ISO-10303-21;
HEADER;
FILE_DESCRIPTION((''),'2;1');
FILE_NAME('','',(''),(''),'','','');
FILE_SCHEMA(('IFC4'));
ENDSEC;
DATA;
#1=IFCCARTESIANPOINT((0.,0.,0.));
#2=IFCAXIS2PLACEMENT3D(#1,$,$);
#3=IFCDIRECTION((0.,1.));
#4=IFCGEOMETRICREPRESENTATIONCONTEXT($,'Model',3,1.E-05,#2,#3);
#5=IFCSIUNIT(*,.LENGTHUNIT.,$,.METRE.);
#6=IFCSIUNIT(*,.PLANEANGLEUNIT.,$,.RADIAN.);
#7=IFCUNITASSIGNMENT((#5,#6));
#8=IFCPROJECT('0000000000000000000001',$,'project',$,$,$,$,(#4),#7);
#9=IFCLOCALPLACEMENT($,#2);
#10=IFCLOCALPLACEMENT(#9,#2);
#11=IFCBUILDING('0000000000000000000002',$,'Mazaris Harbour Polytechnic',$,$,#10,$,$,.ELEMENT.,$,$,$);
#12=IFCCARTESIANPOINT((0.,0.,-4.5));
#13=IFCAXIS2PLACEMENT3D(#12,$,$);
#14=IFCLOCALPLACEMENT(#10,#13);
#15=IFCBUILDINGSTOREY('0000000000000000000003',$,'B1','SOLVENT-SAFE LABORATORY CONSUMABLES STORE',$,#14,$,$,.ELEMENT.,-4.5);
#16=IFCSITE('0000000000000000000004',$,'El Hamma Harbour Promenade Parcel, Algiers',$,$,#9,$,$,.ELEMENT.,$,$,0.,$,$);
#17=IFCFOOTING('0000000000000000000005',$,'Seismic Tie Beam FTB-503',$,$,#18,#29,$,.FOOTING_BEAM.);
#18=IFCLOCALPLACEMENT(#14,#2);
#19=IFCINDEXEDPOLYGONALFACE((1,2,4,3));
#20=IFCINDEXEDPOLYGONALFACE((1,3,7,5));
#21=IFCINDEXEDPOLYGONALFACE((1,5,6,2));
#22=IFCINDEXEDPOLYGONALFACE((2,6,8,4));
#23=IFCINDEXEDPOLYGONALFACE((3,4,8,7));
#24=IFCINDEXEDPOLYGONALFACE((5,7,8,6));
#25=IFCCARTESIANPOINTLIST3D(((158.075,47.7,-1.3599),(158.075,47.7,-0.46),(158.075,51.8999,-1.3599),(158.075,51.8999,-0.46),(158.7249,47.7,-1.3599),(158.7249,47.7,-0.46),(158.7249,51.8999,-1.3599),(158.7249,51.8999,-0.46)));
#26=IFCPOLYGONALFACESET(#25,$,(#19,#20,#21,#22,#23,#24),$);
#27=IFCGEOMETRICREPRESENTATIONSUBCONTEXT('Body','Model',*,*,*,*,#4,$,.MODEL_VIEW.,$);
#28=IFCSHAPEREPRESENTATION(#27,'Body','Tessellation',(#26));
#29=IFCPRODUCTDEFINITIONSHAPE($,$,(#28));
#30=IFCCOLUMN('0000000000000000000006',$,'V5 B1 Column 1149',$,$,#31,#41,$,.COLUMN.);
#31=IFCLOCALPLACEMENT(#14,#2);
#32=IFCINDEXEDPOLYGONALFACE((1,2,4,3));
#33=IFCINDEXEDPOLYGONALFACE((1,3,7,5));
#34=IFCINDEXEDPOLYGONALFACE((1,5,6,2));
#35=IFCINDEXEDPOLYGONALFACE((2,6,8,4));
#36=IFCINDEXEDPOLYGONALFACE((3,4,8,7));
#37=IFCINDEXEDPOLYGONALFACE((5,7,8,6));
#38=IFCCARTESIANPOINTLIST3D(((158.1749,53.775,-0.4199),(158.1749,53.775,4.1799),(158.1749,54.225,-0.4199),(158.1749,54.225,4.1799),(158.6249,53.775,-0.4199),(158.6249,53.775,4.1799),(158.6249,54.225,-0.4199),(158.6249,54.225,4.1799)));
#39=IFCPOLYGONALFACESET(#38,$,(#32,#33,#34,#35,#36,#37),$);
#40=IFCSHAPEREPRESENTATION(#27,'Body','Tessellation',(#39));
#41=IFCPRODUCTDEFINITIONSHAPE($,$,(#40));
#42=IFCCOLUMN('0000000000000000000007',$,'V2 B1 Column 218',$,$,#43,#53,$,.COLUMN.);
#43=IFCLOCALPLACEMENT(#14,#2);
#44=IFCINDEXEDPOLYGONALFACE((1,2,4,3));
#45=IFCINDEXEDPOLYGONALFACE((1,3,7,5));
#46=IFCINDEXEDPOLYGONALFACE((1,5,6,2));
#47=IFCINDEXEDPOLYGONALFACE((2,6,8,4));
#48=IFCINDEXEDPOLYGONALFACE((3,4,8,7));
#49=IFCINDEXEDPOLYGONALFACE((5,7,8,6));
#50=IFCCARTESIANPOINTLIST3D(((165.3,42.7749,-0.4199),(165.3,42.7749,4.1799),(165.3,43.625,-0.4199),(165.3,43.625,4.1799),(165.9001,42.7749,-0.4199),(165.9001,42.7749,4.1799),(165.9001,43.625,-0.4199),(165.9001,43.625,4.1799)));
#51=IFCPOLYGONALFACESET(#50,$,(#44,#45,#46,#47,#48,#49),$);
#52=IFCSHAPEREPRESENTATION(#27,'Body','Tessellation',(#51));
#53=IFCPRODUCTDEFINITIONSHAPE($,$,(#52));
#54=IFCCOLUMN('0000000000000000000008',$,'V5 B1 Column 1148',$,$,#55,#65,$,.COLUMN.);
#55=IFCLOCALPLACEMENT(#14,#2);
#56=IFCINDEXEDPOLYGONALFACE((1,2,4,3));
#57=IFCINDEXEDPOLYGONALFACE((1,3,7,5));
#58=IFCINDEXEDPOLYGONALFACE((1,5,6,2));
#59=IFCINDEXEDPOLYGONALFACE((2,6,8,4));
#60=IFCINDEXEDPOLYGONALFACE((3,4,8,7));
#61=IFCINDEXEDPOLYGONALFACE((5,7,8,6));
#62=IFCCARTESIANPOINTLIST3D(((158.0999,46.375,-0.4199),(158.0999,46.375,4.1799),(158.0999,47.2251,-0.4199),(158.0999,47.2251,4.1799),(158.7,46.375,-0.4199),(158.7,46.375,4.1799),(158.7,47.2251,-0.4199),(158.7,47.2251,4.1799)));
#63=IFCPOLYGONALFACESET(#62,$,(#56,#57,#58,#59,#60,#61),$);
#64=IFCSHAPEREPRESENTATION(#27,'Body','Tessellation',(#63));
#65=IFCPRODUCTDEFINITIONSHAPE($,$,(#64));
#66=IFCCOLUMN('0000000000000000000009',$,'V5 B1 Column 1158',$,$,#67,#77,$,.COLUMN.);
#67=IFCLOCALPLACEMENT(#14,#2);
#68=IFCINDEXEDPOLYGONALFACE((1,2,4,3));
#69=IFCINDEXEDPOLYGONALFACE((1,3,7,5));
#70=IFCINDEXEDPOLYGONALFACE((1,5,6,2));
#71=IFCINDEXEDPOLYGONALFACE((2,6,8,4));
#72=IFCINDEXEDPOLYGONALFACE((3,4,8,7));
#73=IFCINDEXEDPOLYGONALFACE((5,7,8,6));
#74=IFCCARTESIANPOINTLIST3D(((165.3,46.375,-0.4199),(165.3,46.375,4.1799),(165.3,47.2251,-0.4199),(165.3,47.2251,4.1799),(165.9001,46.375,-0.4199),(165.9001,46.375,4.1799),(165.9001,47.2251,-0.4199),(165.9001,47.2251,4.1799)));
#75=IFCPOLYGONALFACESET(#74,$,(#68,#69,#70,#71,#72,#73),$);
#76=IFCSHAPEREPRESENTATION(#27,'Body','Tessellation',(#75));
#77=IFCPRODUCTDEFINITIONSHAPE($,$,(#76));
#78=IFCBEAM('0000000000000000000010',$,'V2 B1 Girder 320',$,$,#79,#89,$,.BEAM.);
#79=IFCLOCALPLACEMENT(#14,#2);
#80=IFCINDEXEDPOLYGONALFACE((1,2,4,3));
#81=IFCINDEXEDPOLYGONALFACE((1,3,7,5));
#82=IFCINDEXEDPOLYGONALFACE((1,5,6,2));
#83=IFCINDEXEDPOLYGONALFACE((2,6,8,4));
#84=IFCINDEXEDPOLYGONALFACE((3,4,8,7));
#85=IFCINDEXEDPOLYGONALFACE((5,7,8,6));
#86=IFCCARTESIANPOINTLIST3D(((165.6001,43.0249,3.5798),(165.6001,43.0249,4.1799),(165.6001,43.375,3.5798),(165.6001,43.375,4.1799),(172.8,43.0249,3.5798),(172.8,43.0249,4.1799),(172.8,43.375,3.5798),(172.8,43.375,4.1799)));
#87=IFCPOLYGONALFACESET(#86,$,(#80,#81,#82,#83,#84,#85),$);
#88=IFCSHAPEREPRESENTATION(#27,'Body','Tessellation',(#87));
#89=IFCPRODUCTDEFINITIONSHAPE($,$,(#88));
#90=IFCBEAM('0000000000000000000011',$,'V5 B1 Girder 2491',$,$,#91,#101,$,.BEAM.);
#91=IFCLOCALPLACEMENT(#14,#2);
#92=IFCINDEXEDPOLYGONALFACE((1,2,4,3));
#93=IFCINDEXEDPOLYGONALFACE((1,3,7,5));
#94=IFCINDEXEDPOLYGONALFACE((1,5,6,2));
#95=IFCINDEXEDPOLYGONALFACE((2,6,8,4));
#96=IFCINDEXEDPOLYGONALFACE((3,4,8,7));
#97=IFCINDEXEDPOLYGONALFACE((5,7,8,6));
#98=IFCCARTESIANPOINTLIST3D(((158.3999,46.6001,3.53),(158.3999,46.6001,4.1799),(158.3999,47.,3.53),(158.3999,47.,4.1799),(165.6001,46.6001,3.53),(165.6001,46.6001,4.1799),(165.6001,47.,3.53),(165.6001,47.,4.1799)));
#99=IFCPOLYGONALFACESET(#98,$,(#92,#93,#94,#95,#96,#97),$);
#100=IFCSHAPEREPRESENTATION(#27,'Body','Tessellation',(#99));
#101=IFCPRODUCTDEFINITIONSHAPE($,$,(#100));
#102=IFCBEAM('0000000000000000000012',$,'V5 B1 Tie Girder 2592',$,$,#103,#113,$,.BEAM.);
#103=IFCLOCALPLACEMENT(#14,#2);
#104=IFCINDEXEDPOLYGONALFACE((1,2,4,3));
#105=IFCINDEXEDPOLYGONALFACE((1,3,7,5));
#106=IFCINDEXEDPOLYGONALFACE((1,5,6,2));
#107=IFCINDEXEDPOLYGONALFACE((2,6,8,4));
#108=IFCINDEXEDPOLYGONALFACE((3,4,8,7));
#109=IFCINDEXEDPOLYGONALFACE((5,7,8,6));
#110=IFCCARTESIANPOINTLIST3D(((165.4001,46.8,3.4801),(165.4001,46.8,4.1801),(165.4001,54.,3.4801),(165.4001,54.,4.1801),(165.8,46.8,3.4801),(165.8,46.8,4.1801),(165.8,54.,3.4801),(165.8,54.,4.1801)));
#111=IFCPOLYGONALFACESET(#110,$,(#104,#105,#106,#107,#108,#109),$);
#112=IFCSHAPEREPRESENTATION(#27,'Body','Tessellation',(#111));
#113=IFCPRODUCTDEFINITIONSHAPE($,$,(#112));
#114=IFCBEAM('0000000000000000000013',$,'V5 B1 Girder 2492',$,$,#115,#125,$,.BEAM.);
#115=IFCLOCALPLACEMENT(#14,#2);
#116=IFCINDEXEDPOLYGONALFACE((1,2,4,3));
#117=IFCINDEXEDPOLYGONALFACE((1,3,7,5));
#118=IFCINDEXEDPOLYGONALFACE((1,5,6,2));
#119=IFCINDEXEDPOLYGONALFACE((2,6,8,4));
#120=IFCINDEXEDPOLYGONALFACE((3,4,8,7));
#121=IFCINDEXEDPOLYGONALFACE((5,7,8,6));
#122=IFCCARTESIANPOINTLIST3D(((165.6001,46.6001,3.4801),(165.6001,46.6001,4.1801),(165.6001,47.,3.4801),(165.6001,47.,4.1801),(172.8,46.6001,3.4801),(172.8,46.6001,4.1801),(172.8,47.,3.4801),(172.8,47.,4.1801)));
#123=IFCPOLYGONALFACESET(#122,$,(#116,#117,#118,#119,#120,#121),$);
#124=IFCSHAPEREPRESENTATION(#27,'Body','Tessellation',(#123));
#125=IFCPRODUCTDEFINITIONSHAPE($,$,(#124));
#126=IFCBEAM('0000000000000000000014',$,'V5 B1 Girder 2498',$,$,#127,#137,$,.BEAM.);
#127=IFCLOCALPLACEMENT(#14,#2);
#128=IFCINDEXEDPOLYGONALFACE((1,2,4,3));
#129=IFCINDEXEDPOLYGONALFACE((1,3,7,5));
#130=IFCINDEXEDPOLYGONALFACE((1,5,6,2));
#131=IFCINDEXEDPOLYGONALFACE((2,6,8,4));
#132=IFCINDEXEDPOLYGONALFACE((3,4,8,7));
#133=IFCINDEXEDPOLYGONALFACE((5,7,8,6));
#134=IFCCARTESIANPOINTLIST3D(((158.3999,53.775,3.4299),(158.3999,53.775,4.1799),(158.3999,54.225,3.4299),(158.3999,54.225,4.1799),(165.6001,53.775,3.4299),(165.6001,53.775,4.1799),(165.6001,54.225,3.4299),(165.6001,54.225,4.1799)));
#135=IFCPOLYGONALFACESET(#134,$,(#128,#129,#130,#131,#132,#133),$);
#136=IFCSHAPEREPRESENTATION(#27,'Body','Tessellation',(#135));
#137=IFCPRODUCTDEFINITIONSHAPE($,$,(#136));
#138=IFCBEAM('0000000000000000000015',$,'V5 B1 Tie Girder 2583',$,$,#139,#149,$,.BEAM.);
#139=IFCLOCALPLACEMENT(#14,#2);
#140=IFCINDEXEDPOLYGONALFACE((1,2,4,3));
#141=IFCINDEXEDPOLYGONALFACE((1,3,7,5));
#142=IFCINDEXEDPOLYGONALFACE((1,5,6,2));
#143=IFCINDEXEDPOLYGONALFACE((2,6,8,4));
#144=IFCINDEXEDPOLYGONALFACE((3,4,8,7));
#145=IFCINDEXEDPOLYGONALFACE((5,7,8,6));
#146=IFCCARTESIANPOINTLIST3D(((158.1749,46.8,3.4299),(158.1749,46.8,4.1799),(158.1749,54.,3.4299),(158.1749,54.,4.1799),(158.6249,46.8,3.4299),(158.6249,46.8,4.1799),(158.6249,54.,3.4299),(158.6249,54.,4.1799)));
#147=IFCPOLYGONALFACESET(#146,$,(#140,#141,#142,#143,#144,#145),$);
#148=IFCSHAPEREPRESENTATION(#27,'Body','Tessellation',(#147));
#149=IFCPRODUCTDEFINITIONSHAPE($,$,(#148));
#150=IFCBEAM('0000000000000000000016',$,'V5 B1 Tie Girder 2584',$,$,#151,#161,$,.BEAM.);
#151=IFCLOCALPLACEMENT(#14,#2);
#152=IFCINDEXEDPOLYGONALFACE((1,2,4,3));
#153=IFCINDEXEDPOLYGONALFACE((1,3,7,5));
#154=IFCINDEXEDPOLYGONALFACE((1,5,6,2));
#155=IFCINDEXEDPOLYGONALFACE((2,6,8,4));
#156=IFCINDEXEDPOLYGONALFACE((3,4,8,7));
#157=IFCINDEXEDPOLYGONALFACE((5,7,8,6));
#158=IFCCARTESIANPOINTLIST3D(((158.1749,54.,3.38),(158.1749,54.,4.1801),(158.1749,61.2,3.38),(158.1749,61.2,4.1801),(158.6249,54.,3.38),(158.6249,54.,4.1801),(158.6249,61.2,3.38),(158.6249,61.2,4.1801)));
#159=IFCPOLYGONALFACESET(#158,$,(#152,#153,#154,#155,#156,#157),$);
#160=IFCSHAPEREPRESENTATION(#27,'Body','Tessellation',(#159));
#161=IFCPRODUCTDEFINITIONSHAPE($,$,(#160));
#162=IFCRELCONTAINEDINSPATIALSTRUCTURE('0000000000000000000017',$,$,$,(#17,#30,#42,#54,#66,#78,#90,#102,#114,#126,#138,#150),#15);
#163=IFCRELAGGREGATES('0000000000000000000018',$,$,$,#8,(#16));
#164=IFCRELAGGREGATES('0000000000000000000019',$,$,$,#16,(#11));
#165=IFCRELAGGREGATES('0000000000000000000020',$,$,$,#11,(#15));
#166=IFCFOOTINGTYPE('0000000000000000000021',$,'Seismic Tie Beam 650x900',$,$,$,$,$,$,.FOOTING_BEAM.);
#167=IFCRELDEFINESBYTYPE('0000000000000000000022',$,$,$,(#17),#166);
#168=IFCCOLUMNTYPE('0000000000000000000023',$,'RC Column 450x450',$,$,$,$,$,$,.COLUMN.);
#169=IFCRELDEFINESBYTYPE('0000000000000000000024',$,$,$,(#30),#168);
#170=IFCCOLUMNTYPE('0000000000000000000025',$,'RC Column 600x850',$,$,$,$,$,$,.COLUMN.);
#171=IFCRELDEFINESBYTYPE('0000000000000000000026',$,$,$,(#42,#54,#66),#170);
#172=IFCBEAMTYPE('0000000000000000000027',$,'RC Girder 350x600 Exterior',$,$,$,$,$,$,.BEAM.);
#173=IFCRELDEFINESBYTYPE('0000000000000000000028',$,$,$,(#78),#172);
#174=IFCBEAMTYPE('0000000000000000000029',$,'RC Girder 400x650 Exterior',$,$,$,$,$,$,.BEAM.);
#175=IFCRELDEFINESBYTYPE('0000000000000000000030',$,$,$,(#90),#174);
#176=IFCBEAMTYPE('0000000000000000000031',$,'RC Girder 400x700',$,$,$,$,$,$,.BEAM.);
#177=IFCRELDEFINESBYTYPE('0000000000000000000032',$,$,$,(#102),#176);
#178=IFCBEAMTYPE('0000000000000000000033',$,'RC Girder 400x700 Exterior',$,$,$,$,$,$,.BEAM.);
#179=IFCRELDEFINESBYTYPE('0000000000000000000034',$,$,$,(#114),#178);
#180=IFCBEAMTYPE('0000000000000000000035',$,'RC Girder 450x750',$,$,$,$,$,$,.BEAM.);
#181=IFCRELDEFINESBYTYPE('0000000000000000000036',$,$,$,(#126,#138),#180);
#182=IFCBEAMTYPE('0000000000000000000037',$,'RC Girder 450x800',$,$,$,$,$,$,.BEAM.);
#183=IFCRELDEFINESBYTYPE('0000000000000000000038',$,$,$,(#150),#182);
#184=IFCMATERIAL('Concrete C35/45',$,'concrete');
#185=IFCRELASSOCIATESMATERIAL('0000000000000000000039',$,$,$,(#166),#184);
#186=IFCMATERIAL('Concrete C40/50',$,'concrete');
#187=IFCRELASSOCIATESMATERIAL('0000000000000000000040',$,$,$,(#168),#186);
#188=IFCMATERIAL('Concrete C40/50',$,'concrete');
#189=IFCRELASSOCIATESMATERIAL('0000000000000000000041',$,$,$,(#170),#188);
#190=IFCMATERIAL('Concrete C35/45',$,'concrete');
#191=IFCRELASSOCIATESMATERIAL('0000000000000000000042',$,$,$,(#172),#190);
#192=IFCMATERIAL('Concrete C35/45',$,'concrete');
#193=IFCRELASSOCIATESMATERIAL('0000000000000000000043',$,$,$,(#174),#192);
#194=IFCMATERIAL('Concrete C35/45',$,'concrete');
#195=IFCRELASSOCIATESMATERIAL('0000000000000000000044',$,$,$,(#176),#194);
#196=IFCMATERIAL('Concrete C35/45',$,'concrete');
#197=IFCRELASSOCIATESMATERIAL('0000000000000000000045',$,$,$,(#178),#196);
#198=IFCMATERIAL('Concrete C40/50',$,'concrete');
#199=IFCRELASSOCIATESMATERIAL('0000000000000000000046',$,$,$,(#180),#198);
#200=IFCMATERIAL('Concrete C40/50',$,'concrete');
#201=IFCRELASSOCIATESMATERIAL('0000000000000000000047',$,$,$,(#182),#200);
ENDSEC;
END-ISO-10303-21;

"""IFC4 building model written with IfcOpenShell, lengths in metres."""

from ifc_helpers import new_model, si_unit, direction, frame, origin, origin_2d, place, context, subcontext, project, spatial, rectangle, extrude, material, material_profile, profile_set, type_object, element, save


model = new_model("IFC4")

# Units and contexts
model_context = context("Model", 3, precision=1e-05, world=origin(), true_north=direction((0.0, 1.0)))
body_context = subcontext(model_context, "Body", "Model", "MODEL_VIEW")
ifc_project = project(units=[si_unit("LENGTHUNIT", "METRE"), si_unit("PLANEANGLEUNIT", "RADIAN")], contexts=[model_context])

# Site, building, storey
site_placement = place(None, origin())
site = spatial("IfcSite", under=ifc_project, at=site_placement, Name="El Hamma Harbour Promenade Parcel, Algiers", CompositionType="ELEMENT", RefElevation=0.0)
building_placement = place(site_placement, origin())
building = spatial("IfcBuilding", under=site, at=building_placement, Name="Mazaris Harbour Polytechnic", CompositionType="ELEMENT")
storey_placement = place(building_placement, frame((0.0, 0.0, -4.5)))
storey = spatial("IfcBuildingStorey", under=building, at=storey_placement, Name="B1", Description="SOLVENT-SAFE LABORATORY CONSUMABLES STORE", CompositionType="ELEMENT", Elevation=-4.5)

# Footing
ifc_material_1 = material(Name="Concrete C35/45", Category="concrete")
ifc_material_profile_1 = material_profile(ifc_material_1, rectangle(XDim=0.6499, YDim=0.8999, at=origin_2d()), Name="RECT650x900")
ifc_profile_set_1 = profile_set([ifc_material_profile_1], Name="Concrete C35/45")
footing_type_1 = type_object("IfcFootingType", Name="Seismic Tie Beam 650x900", PredefinedType="FOOTING_BEAM", material=ifc_profile_set_1)
footing_1_placement = place(storey_placement, frame((158.3999, 47.7, -0.9099), z_axis=(0.0, 1.0, 0.0), x_axis=(-1.0, 0.0, 0.0)))
element("IfcFooting", 1, at=footing_1_placement, inside=storey, type_object=footing_type_1, Name="Seismic Tie Beam FTB-503", PredefinedType="FOOTING_BEAM", context=body_context, shape_type="SweptSolid", body=[
    extrude(rectangle(XDim=0.6499, YDim=0.8999, at=origin_2d()), origin(), (0.0, 0.0, 1.0), 4.2),
])

# Columns
ifc_material_2 = material(Name="Concrete C40/50", Category="concrete")
ifc_material_profile_2 = material_profile(ifc_material_2, rectangle(XDim=0.45, YDim=0.45, at=origin_2d()), Name="RECT450x450")
ifc_profile_set_2 = profile_set([ifc_material_profile_2], Name="Concrete C40/50")
column_type_1 = type_object("IfcColumnType", Name="RC Column 450x450", PredefinedType="COLUMN", material=ifc_profile_set_2)
column_placement = place(storey_placement, frame((158.3999, 54.0, -0.4199), z_axis=(0.0, 0.0, 1.0), x_axis=(1.0, 0.0, 0.0)))
element("IfcColumn", 2, at=column_placement, inside=storey, type_object=column_type_1, Name="V5 B1 Column 1149", PredefinedType="COLUMN", context=body_context, shape_type="SweptSolid", body=[
    extrude(rectangle(XDim=0.45, YDim=0.45, at=origin_2d()), origin(), (0.0, 0.0, 1.0), 4.5999),
])
ifc_material_3 = material(Name="Concrete C40/50", Category="concrete")
ifc_material_profile_3 = material_profile(ifc_material_3, rectangle(XDim=0.6001, YDim=0.8501, at=origin_2d()), Name="RECT600x850")
ifc_profile_set_3 = profile_set([ifc_material_profile_3], Name="Concrete C40/50")
column_type_2 = type_object("IfcColumnType", Name="RC Column 600x850", PredefinedType="COLUMN", material=ifc_profile_set_3)
for number, where, z_axis, x_axis, name in (
    (3, (165.6001, 43.2, -0.4199), (0.0, 0.0, 1.0), (1.0, 0.0, 0.0), "V2 B1 Column 218"),
    (4, (158.3999, 46.8, -0.4199), (0.0, 0.0, 1.0), (1.0, 0.0, 0.0), "V5 B1 Column 1148"),
    (5, (165.6001, 46.8, -0.4199), (0.0, 0.0, 1.0), (1.0, 0.0, 0.0), "V5 B1 Column 1158"),
):
    element("IfcColumn", number, at=place(storey_placement, frame(where, z_axis=z_axis, x_axis=x_axis)), inside=storey, type_object=column_type_2, Name=name, PredefinedType="COLUMN", context=body_context, shape_type="SweptSolid", body=[
        extrude(rectangle(XDim=0.6001, YDim=0.8501, at=origin_2d()), origin(), (0.0, 0.0, 1.0), 4.5999),
    ])

# Beams
ifc_material_4 = material(Name="Concrete C35/45", Category="concrete")
ifc_material_profile_4 = material_profile(ifc_material_4, rectangle(XDim=0.3501, YDim=0.6001, at=origin_2d()), Name="RECT350x600")
ifc_profile_set_4 = profile_set([ifc_material_profile_4], Name="Concrete C35/45")
beam_type_1 = type_object("IfcBeamType", Name="RC Girder 350x600 Exterior", PredefinedType="BEAM", material=ifc_profile_set_4)
beam_1_placement = place(storey_placement, frame((165.6001, 43.2, 3.8799), z_axis=(1.0, 0.0, 0.0), x_axis=(0.0, 1.0, 0.0)))
element("IfcBeam", 6, at=beam_1_placement, inside=storey, type_object=beam_type_1, Name="V2 B1 Girder 320", PredefinedType="BEAM", context=body_context, shape_type="SweptSolid", body=[
    extrude(rectangle(XDim=0.3501, YDim=0.6001, at=origin_2d()), origin(), (0.0, 0.0, 1.0), 7.2),
])
ifc_material_5 = material(Name="Concrete C35/45", Category="concrete")
ifc_material_profile_5 = material_profile(ifc_material_5, rectangle(XDim=0.3999, YDim=0.6499, at=origin_2d()), Name="RECT400x650")
ifc_profile_set_5 = profile_set([ifc_material_profile_5], Name="Concrete C35/45")
beam_type_2 = type_object("IfcBeamType", Name="RC Girder 400x650 Exterior", PredefinedType="BEAM", material=ifc_profile_set_5)
beam_2_placement = place(storey_placement, frame((158.3999, 46.8, 3.855), z_axis=(1.0, 0.0, 0.0), x_axis=(0.0, 1.0, 0.0)))
element("IfcBeam", 7, at=beam_2_placement, inside=storey, type_object=beam_type_2, Name="V5 B1 Girder 2491", PredefinedType="BEAM", context=body_context, shape_type="SweptSolid", body=[
    extrude(rectangle(XDim=0.3999, YDim=0.6499, at=origin_2d()), origin(), (0.0, 0.0, 1.0), 7.2002),
])
ifc_material_6 = material(Name="Concrete C35/45", Category="concrete")
ifc_material_profile_6 = material_profile(ifc_material_6, rectangle(XDim=0.3999, YDim=0.7, at=origin_2d()), Name="RECT400x700")
ifc_profile_set_6 = profile_set([ifc_material_profile_6], Name="Concrete C35/45")
beam_type_3 = type_object("IfcBeamType", Name="RC Girder 400x700", PredefinedType="BEAM", material=ifc_profile_set_6)
beam_3_placement = place(storey_placement, frame((165.6001, 46.8, 3.8301), z_axis=(0.0, 1.0, 0.0), x_axis=(-1.0, 0.0, 0.0)))
element("IfcBeam", 8, at=beam_3_placement, inside=storey, type_object=beam_type_3, Name="V5 B1 Tie Girder 2592", PredefinedType="BEAM", context=body_context, shape_type="SweptSolid", body=[
    extrude(rectangle(XDim=0.3999, YDim=0.7, at=origin_2d()), origin(), (0.0, 0.0, 1.0), 7.2),
])
ifc_material_7 = material(Name="Concrete C35/45", Category="concrete")
ifc_material_profile_7 = material_profile(ifc_material_7, rectangle(XDim=0.3999, YDim=0.7, at=origin_2d()), Name="RECT400x700")
ifc_profile_set_7 = profile_set([ifc_material_profile_7], Name="Concrete C35/45")
beam_type_4 = type_object("IfcBeamType", Name="RC Girder 400x700 Exterior", PredefinedType="BEAM", material=ifc_profile_set_7)
beam_4_placement = place(storey_placement, frame((165.6001, 46.8, 3.8301), z_axis=(1.0, 0.0, 0.0), x_axis=(0.0, 1.0, 0.0)))
element("IfcBeam", 9, at=beam_4_placement, inside=storey, type_object=beam_type_4, Name="V5 B1 Girder 2492", PredefinedType="BEAM", context=body_context, shape_type="SweptSolid", body=[
    extrude(rectangle(XDim=0.3999, YDim=0.7, at=origin_2d()), origin(), (0.0, 0.0, 1.0), 7.2),
])
ifc_material_8 = material(Name="Concrete C40/50", Category="concrete")
ifc_material_profile_8 = material_profile(ifc_material_8, rectangle(XDim=0.45, YDim=0.75, at=origin_2d()), Name="RECT450x750")
ifc_profile_set_8 = profile_set([ifc_material_profile_8], Name="Concrete C40/50")
beam_type_5 = type_object("IfcBeamType", Name="RC Girder 450x750", PredefinedType="BEAM", material=ifc_profile_set_8)
beam_5_placement = place(storey_placement, frame((158.3999, 54.0, 3.8049), z_axis=(1.0, 0.0, 0.0), x_axis=(0.0, 1.0, 0.0)))
element("IfcBeam", 10, at=beam_5_placement, inside=storey, type_object=beam_type_5, Name="V5 B1 Girder 2498", PredefinedType="BEAM", context=body_context, shape_type="SweptSolid", body=[
    extrude(rectangle(XDim=0.45, YDim=0.75, at=origin_2d()), origin(), (0.0, 0.0, 1.0), 7.2002),
])
beam_6_placement = place(storey_placement, frame((158.3999, 46.8, 3.8049), z_axis=(0.0, 1.0, 0.0), x_axis=(-1.0, 0.0, 0.0)))
element("IfcBeam", 11, at=beam_6_placement, inside=storey, type_object=beam_type_5, Name="V5 B1 Tie Girder 2583", PredefinedType="BEAM", context=body_context, shape_type="SweptSolid", body=[
    extrude(rectangle(XDim=0.45, YDim=0.75, at=origin_2d()), origin(), (0.0, 0.0, 1.0), 7.2),
])
ifc_material_9 = material(Name="Concrete C40/50", Category="concrete")
ifc_material_profile_9 = material_profile(ifc_material_9, rectangle(XDim=0.45, YDim=0.8, at=origin_2d()), Name="RECT450x800")
ifc_profile_set_9 = profile_set([ifc_material_profile_9], Name="Concrete C40/50")
beam_type_6 = type_object("IfcBeamType", Name="RC Girder 450x800", PredefinedType="BEAM", material=ifc_profile_set_9)
beam_7_placement = place(storey_placement, frame((158.3999, 54.0, 3.78), z_axis=(0.0, 1.0, 0.0), x_axis=(-1.0, 0.0, 0.0)))
element("IfcBeam", 12, at=beam_7_placement, inside=storey, type_object=beam_type_6, Name="V5 B1 Tie Girder 2584", PredefinedType="BEAM", context=body_context, shape_type="SweptSolid", body=[
    extrude(rectangle(XDim=0.45, YDim=0.8, at=origin_2d()), origin(), (0.0, 0.0, 1.0), 7.2),
])

save(model, "model.ifc")
